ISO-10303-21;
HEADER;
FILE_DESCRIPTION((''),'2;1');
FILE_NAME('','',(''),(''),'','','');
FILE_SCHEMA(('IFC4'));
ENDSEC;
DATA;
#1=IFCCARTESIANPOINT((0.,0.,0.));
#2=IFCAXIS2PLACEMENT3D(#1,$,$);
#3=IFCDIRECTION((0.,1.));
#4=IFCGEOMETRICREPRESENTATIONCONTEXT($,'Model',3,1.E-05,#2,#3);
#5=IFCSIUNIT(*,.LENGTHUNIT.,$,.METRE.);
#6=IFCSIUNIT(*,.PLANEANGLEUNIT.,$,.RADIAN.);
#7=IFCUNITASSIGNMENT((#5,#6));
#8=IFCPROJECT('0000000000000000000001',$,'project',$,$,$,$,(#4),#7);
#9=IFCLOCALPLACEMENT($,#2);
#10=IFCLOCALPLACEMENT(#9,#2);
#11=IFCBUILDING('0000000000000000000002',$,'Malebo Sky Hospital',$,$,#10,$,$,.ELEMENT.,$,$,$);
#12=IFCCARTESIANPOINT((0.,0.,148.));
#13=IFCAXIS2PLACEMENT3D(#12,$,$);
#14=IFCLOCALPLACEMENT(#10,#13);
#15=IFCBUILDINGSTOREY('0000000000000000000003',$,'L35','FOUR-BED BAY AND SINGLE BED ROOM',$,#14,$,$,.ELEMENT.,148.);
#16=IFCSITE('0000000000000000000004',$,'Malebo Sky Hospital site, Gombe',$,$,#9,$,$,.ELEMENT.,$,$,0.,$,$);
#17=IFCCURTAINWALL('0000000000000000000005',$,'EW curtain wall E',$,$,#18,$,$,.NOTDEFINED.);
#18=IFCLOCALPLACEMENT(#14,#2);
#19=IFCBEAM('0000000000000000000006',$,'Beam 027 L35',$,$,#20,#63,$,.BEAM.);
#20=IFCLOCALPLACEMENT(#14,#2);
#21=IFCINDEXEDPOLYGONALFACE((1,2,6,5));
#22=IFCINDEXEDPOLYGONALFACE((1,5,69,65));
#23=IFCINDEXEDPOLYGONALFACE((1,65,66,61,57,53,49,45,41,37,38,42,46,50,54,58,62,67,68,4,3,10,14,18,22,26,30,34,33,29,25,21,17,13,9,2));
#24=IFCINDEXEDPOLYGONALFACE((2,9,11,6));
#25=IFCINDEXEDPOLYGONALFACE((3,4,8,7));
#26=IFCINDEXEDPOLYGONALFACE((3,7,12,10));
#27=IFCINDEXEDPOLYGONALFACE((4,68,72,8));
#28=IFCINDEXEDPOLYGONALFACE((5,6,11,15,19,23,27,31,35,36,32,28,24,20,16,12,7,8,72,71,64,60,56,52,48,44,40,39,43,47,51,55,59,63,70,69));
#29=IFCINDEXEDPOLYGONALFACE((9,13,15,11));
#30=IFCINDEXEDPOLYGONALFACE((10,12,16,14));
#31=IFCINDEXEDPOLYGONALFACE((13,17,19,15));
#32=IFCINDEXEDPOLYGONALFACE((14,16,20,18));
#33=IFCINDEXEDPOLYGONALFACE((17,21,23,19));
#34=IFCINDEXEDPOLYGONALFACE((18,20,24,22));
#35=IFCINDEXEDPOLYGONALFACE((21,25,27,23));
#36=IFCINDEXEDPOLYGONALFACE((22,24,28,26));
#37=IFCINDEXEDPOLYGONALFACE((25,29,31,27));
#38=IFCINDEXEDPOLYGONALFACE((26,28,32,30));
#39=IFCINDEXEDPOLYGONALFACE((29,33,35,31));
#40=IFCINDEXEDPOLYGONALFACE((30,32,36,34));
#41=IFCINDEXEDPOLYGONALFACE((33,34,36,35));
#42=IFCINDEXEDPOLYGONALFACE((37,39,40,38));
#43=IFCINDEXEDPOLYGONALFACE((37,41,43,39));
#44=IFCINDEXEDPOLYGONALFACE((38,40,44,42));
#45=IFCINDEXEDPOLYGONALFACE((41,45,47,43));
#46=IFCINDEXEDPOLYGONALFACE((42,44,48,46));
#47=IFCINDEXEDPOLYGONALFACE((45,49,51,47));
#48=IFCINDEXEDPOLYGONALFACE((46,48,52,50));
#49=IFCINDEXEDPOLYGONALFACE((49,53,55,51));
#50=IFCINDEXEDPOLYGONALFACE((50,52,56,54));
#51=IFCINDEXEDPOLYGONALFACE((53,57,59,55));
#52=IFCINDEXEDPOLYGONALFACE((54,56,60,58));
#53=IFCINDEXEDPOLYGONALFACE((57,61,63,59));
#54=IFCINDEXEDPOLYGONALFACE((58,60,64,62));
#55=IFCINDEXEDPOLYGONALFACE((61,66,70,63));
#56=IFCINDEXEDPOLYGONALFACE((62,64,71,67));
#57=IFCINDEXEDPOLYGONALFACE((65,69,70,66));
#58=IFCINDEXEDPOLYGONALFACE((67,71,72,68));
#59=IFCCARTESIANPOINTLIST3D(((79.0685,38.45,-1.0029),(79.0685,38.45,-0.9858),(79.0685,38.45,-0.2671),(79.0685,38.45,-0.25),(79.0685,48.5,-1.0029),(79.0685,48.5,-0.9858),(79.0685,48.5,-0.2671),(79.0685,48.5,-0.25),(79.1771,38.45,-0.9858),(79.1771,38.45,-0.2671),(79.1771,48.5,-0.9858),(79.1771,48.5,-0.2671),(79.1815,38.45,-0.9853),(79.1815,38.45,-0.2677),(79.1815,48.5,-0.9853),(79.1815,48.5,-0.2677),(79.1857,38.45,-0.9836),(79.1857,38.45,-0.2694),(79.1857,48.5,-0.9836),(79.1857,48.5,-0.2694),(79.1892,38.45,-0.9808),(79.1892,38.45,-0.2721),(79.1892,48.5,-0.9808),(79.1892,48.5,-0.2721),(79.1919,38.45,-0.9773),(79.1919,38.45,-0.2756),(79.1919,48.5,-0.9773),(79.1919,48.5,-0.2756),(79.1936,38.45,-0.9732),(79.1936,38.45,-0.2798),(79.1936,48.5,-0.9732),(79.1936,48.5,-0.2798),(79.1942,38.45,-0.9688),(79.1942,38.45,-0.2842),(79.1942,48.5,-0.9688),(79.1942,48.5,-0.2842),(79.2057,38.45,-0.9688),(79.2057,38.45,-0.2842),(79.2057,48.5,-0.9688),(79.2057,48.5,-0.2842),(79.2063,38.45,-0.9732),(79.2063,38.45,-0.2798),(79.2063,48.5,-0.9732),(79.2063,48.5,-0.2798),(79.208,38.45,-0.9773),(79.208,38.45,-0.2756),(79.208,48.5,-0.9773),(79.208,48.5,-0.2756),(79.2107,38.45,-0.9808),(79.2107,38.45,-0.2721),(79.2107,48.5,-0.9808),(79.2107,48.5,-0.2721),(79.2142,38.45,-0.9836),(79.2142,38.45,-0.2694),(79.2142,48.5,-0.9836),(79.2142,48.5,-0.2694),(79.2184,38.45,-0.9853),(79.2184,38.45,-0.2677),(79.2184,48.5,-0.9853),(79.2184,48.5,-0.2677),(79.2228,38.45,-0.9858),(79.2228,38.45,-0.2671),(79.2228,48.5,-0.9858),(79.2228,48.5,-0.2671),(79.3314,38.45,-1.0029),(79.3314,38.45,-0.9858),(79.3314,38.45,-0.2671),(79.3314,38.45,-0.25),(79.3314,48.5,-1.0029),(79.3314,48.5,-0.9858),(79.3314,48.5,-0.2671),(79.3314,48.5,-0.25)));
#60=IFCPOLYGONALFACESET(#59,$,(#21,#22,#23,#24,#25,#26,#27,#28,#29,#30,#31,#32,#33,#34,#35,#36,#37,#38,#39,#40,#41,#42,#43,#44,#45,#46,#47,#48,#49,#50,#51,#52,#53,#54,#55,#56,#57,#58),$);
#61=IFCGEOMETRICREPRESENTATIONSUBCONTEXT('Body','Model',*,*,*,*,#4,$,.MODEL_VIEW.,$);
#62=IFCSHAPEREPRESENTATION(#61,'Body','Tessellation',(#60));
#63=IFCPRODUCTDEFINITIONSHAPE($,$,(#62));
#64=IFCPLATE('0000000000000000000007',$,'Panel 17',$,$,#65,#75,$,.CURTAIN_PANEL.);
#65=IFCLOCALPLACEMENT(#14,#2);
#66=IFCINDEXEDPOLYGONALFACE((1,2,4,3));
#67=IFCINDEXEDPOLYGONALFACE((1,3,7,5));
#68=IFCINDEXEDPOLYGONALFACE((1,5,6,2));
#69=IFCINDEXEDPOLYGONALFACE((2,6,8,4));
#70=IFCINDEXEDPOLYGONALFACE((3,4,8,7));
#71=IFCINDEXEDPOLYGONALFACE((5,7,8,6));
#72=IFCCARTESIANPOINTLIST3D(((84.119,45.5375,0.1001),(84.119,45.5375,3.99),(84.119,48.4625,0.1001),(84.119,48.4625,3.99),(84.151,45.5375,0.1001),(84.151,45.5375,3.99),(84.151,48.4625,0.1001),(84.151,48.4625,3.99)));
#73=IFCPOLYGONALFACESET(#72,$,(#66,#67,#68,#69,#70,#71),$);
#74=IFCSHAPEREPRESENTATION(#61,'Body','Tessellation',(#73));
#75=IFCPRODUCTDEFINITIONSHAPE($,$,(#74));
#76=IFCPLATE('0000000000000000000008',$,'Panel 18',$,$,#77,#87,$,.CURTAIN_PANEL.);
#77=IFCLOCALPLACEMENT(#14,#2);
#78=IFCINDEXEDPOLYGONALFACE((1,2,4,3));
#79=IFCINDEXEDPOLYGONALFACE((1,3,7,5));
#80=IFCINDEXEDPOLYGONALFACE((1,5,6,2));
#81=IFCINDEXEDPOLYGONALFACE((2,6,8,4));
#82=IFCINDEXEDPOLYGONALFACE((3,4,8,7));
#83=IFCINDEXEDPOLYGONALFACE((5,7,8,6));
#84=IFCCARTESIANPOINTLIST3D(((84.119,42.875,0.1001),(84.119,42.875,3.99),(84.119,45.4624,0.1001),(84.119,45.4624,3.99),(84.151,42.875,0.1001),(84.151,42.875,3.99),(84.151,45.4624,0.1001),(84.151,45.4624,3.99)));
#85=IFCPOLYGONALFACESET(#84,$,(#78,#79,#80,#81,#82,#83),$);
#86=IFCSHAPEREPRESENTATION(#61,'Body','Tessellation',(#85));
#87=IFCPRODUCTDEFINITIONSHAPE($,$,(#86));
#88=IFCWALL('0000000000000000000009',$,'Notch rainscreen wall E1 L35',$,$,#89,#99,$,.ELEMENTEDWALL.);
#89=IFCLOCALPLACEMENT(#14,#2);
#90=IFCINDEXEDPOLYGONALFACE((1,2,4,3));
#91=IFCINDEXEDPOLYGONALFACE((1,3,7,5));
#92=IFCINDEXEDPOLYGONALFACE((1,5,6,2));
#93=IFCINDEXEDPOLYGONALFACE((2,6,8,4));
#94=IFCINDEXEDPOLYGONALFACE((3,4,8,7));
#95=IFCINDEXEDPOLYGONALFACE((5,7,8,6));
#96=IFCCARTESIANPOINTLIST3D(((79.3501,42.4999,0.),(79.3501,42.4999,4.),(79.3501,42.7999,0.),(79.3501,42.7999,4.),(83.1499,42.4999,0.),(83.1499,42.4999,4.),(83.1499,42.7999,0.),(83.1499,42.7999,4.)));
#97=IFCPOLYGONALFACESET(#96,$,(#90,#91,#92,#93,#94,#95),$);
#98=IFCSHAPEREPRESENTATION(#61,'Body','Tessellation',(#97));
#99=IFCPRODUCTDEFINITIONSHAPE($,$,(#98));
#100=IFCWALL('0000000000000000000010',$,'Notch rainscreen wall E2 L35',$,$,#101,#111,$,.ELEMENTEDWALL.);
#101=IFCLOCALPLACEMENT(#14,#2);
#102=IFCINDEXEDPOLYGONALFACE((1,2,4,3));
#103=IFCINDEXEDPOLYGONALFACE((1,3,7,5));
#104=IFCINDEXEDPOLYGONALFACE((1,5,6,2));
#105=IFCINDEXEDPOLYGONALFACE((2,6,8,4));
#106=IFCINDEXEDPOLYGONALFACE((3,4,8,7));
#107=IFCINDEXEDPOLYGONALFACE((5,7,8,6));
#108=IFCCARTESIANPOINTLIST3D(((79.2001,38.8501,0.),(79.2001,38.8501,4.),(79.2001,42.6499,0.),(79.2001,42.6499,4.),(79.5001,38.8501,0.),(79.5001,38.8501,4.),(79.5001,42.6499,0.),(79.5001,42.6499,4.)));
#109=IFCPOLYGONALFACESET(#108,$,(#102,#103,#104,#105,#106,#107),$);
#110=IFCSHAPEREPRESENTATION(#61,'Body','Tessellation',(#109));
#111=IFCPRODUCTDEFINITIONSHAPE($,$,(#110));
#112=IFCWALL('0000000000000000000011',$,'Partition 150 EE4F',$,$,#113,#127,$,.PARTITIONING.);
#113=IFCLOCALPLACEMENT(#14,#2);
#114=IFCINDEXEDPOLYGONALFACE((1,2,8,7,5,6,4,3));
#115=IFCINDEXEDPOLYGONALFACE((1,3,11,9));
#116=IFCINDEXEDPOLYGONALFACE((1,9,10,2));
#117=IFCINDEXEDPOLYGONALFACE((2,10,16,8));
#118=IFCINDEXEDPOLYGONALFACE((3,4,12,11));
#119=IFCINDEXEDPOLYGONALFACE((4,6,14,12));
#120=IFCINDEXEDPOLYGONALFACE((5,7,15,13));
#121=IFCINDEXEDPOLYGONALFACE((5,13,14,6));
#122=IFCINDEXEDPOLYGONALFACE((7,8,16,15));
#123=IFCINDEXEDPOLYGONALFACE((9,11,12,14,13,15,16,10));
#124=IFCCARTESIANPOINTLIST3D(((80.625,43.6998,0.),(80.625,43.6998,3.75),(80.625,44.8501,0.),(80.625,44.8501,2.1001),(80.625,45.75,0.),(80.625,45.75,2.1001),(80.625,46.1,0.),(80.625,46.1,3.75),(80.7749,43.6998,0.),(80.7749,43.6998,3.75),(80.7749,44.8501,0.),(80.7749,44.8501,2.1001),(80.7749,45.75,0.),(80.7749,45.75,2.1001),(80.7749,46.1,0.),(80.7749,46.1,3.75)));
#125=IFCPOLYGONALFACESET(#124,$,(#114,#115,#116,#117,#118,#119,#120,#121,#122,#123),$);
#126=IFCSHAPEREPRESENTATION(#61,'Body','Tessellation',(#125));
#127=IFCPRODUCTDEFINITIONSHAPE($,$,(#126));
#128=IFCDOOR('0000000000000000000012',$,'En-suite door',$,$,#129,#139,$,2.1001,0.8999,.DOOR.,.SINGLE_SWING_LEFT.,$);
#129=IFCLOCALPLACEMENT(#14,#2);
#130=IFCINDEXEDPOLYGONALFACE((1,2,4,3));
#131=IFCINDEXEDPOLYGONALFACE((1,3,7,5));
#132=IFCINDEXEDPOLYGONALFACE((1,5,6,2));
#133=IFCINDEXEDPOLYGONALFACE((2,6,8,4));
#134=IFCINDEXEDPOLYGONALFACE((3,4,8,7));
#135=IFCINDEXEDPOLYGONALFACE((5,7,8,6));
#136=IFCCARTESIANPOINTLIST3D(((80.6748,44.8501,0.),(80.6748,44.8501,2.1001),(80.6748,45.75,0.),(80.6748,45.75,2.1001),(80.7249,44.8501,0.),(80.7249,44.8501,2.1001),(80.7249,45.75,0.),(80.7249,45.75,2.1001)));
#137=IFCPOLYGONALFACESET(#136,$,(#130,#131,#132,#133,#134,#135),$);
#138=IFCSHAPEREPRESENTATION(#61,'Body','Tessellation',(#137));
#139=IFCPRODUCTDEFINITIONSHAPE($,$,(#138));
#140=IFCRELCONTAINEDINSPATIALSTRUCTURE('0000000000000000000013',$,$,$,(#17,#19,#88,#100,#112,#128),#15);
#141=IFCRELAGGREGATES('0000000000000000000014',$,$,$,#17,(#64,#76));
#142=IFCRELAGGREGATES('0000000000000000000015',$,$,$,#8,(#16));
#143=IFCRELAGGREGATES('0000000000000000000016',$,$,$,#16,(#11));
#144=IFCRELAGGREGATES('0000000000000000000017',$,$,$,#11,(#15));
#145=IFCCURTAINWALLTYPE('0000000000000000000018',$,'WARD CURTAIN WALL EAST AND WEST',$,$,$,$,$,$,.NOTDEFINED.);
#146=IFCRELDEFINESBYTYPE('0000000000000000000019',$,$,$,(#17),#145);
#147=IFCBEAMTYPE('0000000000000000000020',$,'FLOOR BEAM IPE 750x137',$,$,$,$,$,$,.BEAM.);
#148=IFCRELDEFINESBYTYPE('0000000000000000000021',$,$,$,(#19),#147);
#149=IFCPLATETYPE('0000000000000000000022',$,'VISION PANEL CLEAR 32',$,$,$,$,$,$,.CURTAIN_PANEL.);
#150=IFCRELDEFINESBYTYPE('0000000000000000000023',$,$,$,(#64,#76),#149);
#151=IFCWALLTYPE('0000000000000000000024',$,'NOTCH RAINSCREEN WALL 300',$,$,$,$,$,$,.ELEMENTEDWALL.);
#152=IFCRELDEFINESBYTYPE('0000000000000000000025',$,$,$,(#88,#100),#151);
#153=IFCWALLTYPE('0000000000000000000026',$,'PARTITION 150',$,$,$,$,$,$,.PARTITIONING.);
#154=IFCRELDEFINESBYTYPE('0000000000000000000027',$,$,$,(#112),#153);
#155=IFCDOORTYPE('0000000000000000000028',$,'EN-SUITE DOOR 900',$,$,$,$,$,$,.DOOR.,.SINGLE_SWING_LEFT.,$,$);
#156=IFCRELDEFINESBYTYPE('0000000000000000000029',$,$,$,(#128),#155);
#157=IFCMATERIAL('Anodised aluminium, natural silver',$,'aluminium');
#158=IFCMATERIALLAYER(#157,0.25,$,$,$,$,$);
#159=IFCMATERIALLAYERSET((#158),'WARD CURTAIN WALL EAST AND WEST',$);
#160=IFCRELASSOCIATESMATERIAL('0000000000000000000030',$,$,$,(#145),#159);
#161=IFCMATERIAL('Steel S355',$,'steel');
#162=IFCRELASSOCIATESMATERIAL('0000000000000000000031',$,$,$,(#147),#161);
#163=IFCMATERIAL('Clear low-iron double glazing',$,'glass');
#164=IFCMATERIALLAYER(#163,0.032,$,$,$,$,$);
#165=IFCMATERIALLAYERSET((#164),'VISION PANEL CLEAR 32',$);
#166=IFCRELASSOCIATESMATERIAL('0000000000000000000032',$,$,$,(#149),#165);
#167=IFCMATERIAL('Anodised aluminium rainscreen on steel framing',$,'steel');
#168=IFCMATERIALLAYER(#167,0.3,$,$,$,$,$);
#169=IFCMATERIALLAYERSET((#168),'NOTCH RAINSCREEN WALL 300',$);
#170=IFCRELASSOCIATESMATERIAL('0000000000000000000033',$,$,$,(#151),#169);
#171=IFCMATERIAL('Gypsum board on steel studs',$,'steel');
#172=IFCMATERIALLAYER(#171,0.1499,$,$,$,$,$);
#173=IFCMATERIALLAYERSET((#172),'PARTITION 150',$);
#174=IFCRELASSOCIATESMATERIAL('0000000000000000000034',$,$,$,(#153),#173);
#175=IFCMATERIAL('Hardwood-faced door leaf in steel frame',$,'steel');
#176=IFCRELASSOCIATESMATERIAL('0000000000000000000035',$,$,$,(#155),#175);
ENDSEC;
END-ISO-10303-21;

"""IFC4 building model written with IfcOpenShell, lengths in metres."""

from ifc_helpers import new_model, si_unit, direction, frame, frame_2d, origin, origin_2d, place, context, subcontext, project, spatial, rectangle, i_section, extrude, material, layer, layer_set, material_profile, profile_set, type_object, element, fill, aggregate, save


model = new_model("IFC4")

# Units and contexts
model_context = context("Model", 3, precision=1e-05, world=origin(), true_north=direction((0.0, 1.0)))
body_context = subcontext(model_context, "Body", "Model", "MODEL_VIEW")
ifc_project = project(units=[si_unit("LENGTHUNIT", "METRE"), si_unit("PLANEANGLEUNIT", "RADIAN")], contexts=[model_context])

# Site, building, storey
site_placement = place(None, origin())
site = spatial("IfcSite", under=ifc_project, at=site_placement, Name="Malebo Sky Hospital site, Gombe", CompositionType="ELEMENT", RefElevation=0.0)
building_placement = place(site_placement, origin())
building = spatial("IfcBuilding", under=site, at=building_placement, Name="Malebo Sky Hospital", CompositionType="ELEMENT")
storey_placement = place(building_placement, frame((0.0, 0.0, 148.0)))
storey = spatial("IfcBuildingStorey", under=building, at=storey_placement, Name="L35", Description="FOUR-BED BAY AND SINGLE BED ROOM", CompositionType="ELEMENT", Elevation=148.0)

# Curtain wall
ifc_material_1 = material(Name="Anodised aluminium, natural silver", Category="aluminium")
ifc_layer_1 = layer(ifc_material_1, 0.25)
ifc_layer_set_1 = layer_set([ifc_layer_1], Name="WARD CURTAIN WALL EAST AND WEST")
curtain_wall_type = type_object("IfcCurtainWallType", Name="WARD CURTAIN WALL EAST AND WEST", PredefinedType="NOTDEFINED", material=ifc_layer_set_1)
curtain_wall_placement = place(storey_placement, origin())
curtain_wall = element("IfcCurtainWall", 1, at=curtain_wall_placement, inside=storey, type_object=curtain_wall_type, Name="EW curtain wall E", PredefinedType="NOTDEFINED")

# Beam
ifc_material_2 = material(Name="Steel S355", Category="steel")
ifc_material_profile_1 = material_profile(ifc_material_2, i_section(OverallWidth=0.2629, OverallDepth=0.7529, WebThickness=0.0115, FlangeThickness=0.0171, FilletRadius=0.0171, at=origin_2d()), Name="IPE 750x137")
ifc_profile_set_1 = profile_set([ifc_material_profile_1], Name="Steel S355")
beam_type_1 = type_object("IfcBeamType", Name="FLOOR BEAM IPE 750x137", PredefinedType="BEAM", material=ifc_profile_set_1)
beam_1_placement = place(storey_placement, frame((79.2, 38.45, -0.6265), z_axis=(0.0, 1.0, 0.0), x_axis=(-1.0, 0.0, 0.0)))
element("IfcBeam", 2, at=beam_1_placement, inside=storey, type_object=beam_type_1, Name="Beam 027 L35", PredefinedType="BEAM", context=body_context, shape_type="SweptSolid", body=[
    extrude(i_section(OverallWidth=0.2629, OverallDepth=0.7529, WebThickness=0.0115, FlangeThickness=0.0171, FilletRadius=0.0171, at=origin_2d()), origin(), (0.0, 0.0, 1.0), 10.05),
])

# Plates
ifc_material_3 = material(Name="Clear low-iron double glazing", Category="glass")
ifc_layer_2 = layer(ifc_material_3, 0.032)
ifc_layer_set_2 = layer_set([ifc_layer_2], Name="VISION PANEL CLEAR 32")
plate_type = type_object("IfcPlateType", Name="VISION PANEL CLEAR 32", PredefinedType="CURTAIN_PANEL", material=ifc_layer_set_2)
plate_1_placement = place(storey_placement, frame((84.135, 47.0, 0.1001), z_axis=(0.0, 0.0, 1.0), x_axis=(0.0, -1.0, 0.0)))
plate_1 = element("IfcPlate", 3, at=plate_1_placement, type_object=plate_type, Name="Panel 17", PredefinedType="CURTAIN_PANEL", context=body_context, shape_type="SweptSolid", body=[
    extrude(rectangle(XDim=2.925, YDim=0.032, at=origin_2d()), origin(), (0.0, 0.0, 1.0), 3.8899),
])
plate_2_placement = place(storey_placement, frame((84.135, 44.1687, 0.1001), z_axis=(0.0, 0.0, 1.0), x_axis=(0.0, -1.0, 0.0)))
plate_2 = element("IfcPlate", 4, at=plate_2_placement, type_object=plate_type, Name="Panel 18", PredefinedType="CURTAIN_PANEL", context=body_context, shape_type="SweptSolid", body=[
    extrude(rectangle(XDim=2.5874, YDim=0.032, at=origin_2d()), origin(), (0.0, 0.0, 1.0), 3.8899),
])
aggregate(curtain_wall, [plate_1, plate_2])

# Walls
ifc_material_4 = material(Name="Anodised aluminium rainscreen on steel framing", Category="steel")
ifc_layer_3 = layer(ifc_material_4, 0.3)
ifc_layer_set_3 = layer_set([ifc_layer_3], Name="NOTCH RAINSCREEN WALL 300")
wall_type_1 = type_object("IfcWallType", Name="NOTCH RAINSCREEN WALL 300", PredefinedType="ELEMENTEDWALL", material=ifc_layer_set_3)
for number, where, z_axis, x_axis, name in (
    (5, (83.1499, 42.6499, 0.0), (0.0, 0.0, 1.0), (-1.0, 0.0, 0.0), "Notch rainscreen wall E1 L35"),
    (6, (79.3501, 42.6499, 0.0), (0.0, 0.0, 1.0), (0.0, -1.0, 0.0), "Notch rainscreen wall E2 L35"),
):
    element("IfcWall", number, at=place(storey_placement, frame(where, z_axis=z_axis, x_axis=x_axis)), inside=storey, type_object=wall_type_1, Name=name, PredefinedType="ELEMENTEDWALL", context=body_context, shape_type="SweptSolid", body=[
        extrude(rectangle(XDim=3.7998, YDim=0.3, at=frame_2d((1.8999, 0.0))), origin(), (0.0, 0.0, 1.0), 4.0),
    ])

# Wall, opening, door
ifc_material_5 = material(Name="Gypsum board on steel studs", Category="steel")
ifc_layer_4 = layer(ifc_material_5, 0.1499)
ifc_layer_set_4 = layer_set([ifc_layer_4], Name="PARTITION 150")
wall_type_2 = type_object("IfcWallType", Name="PARTITION 150", PredefinedType="PARTITIONING", material=ifc_layer_set_4)
wall_placement = place(storey_placement, frame((80.7, 46.1001, 0.0), z_axis=(0.0, 0.0, 1.0), x_axis=(0.0, -1.0, 0.0)))
wall = element("IfcWall", 7, at=wall_placement, inside=storey, type_object=wall_type_2, Name="Partition 150 EE4F", PredefinedType="PARTITIONING", context=body_context, shape_type="SweptSolid", body=[
    extrude(rectangle(XDim=2.4001, YDim=0.1499, at=frame_2d((1.2002, 0.0))), origin(), (0.0, 0.0, 1.0), 3.75),
])
opening_placement = place(wall_placement, frame((0.3501, 0.0, 0.0)))
opening = element("IfcOpeningElement", 8, at=opening_placement, cuts=wall, PredefinedType="OPENING", context=body_context, shape_type="SweptSolid", body=[
    extrude(rectangle(XDim=0.8999, YDim=2.1001, at=frame_2d((0.45, 1.05))), frame((0.0, 0.085, 0.0), z_axis=(0.0, -1.0, 0.0), x_axis=(1.0, 0.0, 0.0)), (0.0, 0.0, 1.0), 0.1699),
])
ifc_material_6 = material(Name="Hardwood-faced door leaf in steel frame", Category="steel")
door_type = type_object("IfcDoorType", Name="EN-SUITE DOOR 900", OperationType="SINGLE_SWING_LEFT", PredefinedType="DOOR", material=ifc_material_6)
door_placement = place(opening_placement, origin())
door = element("IfcDoor", 9, at=door_placement, inside=storey, type_object=door_type, Name="En-suite door", OperationType="SINGLE_SWING_LEFT", OverallHeight=2.1001, OverallWidth=0.8999, PredefinedType="DOOR", context=body_context, shape_type="SweptSolid", body=[
    extrude(rectangle(XDim=0.8999, YDim=2.1001, at=frame_2d((0.45, 1.05))), frame((0.0, 0.0249, 0.0), z_axis=(0.0, -1.0, 0.0), x_axis=(1.0, 0.0, 0.0)), (0.0, 0.0, 1.0), 0.05),
])
fill(opening, door)

save(model, "model.ifc")
